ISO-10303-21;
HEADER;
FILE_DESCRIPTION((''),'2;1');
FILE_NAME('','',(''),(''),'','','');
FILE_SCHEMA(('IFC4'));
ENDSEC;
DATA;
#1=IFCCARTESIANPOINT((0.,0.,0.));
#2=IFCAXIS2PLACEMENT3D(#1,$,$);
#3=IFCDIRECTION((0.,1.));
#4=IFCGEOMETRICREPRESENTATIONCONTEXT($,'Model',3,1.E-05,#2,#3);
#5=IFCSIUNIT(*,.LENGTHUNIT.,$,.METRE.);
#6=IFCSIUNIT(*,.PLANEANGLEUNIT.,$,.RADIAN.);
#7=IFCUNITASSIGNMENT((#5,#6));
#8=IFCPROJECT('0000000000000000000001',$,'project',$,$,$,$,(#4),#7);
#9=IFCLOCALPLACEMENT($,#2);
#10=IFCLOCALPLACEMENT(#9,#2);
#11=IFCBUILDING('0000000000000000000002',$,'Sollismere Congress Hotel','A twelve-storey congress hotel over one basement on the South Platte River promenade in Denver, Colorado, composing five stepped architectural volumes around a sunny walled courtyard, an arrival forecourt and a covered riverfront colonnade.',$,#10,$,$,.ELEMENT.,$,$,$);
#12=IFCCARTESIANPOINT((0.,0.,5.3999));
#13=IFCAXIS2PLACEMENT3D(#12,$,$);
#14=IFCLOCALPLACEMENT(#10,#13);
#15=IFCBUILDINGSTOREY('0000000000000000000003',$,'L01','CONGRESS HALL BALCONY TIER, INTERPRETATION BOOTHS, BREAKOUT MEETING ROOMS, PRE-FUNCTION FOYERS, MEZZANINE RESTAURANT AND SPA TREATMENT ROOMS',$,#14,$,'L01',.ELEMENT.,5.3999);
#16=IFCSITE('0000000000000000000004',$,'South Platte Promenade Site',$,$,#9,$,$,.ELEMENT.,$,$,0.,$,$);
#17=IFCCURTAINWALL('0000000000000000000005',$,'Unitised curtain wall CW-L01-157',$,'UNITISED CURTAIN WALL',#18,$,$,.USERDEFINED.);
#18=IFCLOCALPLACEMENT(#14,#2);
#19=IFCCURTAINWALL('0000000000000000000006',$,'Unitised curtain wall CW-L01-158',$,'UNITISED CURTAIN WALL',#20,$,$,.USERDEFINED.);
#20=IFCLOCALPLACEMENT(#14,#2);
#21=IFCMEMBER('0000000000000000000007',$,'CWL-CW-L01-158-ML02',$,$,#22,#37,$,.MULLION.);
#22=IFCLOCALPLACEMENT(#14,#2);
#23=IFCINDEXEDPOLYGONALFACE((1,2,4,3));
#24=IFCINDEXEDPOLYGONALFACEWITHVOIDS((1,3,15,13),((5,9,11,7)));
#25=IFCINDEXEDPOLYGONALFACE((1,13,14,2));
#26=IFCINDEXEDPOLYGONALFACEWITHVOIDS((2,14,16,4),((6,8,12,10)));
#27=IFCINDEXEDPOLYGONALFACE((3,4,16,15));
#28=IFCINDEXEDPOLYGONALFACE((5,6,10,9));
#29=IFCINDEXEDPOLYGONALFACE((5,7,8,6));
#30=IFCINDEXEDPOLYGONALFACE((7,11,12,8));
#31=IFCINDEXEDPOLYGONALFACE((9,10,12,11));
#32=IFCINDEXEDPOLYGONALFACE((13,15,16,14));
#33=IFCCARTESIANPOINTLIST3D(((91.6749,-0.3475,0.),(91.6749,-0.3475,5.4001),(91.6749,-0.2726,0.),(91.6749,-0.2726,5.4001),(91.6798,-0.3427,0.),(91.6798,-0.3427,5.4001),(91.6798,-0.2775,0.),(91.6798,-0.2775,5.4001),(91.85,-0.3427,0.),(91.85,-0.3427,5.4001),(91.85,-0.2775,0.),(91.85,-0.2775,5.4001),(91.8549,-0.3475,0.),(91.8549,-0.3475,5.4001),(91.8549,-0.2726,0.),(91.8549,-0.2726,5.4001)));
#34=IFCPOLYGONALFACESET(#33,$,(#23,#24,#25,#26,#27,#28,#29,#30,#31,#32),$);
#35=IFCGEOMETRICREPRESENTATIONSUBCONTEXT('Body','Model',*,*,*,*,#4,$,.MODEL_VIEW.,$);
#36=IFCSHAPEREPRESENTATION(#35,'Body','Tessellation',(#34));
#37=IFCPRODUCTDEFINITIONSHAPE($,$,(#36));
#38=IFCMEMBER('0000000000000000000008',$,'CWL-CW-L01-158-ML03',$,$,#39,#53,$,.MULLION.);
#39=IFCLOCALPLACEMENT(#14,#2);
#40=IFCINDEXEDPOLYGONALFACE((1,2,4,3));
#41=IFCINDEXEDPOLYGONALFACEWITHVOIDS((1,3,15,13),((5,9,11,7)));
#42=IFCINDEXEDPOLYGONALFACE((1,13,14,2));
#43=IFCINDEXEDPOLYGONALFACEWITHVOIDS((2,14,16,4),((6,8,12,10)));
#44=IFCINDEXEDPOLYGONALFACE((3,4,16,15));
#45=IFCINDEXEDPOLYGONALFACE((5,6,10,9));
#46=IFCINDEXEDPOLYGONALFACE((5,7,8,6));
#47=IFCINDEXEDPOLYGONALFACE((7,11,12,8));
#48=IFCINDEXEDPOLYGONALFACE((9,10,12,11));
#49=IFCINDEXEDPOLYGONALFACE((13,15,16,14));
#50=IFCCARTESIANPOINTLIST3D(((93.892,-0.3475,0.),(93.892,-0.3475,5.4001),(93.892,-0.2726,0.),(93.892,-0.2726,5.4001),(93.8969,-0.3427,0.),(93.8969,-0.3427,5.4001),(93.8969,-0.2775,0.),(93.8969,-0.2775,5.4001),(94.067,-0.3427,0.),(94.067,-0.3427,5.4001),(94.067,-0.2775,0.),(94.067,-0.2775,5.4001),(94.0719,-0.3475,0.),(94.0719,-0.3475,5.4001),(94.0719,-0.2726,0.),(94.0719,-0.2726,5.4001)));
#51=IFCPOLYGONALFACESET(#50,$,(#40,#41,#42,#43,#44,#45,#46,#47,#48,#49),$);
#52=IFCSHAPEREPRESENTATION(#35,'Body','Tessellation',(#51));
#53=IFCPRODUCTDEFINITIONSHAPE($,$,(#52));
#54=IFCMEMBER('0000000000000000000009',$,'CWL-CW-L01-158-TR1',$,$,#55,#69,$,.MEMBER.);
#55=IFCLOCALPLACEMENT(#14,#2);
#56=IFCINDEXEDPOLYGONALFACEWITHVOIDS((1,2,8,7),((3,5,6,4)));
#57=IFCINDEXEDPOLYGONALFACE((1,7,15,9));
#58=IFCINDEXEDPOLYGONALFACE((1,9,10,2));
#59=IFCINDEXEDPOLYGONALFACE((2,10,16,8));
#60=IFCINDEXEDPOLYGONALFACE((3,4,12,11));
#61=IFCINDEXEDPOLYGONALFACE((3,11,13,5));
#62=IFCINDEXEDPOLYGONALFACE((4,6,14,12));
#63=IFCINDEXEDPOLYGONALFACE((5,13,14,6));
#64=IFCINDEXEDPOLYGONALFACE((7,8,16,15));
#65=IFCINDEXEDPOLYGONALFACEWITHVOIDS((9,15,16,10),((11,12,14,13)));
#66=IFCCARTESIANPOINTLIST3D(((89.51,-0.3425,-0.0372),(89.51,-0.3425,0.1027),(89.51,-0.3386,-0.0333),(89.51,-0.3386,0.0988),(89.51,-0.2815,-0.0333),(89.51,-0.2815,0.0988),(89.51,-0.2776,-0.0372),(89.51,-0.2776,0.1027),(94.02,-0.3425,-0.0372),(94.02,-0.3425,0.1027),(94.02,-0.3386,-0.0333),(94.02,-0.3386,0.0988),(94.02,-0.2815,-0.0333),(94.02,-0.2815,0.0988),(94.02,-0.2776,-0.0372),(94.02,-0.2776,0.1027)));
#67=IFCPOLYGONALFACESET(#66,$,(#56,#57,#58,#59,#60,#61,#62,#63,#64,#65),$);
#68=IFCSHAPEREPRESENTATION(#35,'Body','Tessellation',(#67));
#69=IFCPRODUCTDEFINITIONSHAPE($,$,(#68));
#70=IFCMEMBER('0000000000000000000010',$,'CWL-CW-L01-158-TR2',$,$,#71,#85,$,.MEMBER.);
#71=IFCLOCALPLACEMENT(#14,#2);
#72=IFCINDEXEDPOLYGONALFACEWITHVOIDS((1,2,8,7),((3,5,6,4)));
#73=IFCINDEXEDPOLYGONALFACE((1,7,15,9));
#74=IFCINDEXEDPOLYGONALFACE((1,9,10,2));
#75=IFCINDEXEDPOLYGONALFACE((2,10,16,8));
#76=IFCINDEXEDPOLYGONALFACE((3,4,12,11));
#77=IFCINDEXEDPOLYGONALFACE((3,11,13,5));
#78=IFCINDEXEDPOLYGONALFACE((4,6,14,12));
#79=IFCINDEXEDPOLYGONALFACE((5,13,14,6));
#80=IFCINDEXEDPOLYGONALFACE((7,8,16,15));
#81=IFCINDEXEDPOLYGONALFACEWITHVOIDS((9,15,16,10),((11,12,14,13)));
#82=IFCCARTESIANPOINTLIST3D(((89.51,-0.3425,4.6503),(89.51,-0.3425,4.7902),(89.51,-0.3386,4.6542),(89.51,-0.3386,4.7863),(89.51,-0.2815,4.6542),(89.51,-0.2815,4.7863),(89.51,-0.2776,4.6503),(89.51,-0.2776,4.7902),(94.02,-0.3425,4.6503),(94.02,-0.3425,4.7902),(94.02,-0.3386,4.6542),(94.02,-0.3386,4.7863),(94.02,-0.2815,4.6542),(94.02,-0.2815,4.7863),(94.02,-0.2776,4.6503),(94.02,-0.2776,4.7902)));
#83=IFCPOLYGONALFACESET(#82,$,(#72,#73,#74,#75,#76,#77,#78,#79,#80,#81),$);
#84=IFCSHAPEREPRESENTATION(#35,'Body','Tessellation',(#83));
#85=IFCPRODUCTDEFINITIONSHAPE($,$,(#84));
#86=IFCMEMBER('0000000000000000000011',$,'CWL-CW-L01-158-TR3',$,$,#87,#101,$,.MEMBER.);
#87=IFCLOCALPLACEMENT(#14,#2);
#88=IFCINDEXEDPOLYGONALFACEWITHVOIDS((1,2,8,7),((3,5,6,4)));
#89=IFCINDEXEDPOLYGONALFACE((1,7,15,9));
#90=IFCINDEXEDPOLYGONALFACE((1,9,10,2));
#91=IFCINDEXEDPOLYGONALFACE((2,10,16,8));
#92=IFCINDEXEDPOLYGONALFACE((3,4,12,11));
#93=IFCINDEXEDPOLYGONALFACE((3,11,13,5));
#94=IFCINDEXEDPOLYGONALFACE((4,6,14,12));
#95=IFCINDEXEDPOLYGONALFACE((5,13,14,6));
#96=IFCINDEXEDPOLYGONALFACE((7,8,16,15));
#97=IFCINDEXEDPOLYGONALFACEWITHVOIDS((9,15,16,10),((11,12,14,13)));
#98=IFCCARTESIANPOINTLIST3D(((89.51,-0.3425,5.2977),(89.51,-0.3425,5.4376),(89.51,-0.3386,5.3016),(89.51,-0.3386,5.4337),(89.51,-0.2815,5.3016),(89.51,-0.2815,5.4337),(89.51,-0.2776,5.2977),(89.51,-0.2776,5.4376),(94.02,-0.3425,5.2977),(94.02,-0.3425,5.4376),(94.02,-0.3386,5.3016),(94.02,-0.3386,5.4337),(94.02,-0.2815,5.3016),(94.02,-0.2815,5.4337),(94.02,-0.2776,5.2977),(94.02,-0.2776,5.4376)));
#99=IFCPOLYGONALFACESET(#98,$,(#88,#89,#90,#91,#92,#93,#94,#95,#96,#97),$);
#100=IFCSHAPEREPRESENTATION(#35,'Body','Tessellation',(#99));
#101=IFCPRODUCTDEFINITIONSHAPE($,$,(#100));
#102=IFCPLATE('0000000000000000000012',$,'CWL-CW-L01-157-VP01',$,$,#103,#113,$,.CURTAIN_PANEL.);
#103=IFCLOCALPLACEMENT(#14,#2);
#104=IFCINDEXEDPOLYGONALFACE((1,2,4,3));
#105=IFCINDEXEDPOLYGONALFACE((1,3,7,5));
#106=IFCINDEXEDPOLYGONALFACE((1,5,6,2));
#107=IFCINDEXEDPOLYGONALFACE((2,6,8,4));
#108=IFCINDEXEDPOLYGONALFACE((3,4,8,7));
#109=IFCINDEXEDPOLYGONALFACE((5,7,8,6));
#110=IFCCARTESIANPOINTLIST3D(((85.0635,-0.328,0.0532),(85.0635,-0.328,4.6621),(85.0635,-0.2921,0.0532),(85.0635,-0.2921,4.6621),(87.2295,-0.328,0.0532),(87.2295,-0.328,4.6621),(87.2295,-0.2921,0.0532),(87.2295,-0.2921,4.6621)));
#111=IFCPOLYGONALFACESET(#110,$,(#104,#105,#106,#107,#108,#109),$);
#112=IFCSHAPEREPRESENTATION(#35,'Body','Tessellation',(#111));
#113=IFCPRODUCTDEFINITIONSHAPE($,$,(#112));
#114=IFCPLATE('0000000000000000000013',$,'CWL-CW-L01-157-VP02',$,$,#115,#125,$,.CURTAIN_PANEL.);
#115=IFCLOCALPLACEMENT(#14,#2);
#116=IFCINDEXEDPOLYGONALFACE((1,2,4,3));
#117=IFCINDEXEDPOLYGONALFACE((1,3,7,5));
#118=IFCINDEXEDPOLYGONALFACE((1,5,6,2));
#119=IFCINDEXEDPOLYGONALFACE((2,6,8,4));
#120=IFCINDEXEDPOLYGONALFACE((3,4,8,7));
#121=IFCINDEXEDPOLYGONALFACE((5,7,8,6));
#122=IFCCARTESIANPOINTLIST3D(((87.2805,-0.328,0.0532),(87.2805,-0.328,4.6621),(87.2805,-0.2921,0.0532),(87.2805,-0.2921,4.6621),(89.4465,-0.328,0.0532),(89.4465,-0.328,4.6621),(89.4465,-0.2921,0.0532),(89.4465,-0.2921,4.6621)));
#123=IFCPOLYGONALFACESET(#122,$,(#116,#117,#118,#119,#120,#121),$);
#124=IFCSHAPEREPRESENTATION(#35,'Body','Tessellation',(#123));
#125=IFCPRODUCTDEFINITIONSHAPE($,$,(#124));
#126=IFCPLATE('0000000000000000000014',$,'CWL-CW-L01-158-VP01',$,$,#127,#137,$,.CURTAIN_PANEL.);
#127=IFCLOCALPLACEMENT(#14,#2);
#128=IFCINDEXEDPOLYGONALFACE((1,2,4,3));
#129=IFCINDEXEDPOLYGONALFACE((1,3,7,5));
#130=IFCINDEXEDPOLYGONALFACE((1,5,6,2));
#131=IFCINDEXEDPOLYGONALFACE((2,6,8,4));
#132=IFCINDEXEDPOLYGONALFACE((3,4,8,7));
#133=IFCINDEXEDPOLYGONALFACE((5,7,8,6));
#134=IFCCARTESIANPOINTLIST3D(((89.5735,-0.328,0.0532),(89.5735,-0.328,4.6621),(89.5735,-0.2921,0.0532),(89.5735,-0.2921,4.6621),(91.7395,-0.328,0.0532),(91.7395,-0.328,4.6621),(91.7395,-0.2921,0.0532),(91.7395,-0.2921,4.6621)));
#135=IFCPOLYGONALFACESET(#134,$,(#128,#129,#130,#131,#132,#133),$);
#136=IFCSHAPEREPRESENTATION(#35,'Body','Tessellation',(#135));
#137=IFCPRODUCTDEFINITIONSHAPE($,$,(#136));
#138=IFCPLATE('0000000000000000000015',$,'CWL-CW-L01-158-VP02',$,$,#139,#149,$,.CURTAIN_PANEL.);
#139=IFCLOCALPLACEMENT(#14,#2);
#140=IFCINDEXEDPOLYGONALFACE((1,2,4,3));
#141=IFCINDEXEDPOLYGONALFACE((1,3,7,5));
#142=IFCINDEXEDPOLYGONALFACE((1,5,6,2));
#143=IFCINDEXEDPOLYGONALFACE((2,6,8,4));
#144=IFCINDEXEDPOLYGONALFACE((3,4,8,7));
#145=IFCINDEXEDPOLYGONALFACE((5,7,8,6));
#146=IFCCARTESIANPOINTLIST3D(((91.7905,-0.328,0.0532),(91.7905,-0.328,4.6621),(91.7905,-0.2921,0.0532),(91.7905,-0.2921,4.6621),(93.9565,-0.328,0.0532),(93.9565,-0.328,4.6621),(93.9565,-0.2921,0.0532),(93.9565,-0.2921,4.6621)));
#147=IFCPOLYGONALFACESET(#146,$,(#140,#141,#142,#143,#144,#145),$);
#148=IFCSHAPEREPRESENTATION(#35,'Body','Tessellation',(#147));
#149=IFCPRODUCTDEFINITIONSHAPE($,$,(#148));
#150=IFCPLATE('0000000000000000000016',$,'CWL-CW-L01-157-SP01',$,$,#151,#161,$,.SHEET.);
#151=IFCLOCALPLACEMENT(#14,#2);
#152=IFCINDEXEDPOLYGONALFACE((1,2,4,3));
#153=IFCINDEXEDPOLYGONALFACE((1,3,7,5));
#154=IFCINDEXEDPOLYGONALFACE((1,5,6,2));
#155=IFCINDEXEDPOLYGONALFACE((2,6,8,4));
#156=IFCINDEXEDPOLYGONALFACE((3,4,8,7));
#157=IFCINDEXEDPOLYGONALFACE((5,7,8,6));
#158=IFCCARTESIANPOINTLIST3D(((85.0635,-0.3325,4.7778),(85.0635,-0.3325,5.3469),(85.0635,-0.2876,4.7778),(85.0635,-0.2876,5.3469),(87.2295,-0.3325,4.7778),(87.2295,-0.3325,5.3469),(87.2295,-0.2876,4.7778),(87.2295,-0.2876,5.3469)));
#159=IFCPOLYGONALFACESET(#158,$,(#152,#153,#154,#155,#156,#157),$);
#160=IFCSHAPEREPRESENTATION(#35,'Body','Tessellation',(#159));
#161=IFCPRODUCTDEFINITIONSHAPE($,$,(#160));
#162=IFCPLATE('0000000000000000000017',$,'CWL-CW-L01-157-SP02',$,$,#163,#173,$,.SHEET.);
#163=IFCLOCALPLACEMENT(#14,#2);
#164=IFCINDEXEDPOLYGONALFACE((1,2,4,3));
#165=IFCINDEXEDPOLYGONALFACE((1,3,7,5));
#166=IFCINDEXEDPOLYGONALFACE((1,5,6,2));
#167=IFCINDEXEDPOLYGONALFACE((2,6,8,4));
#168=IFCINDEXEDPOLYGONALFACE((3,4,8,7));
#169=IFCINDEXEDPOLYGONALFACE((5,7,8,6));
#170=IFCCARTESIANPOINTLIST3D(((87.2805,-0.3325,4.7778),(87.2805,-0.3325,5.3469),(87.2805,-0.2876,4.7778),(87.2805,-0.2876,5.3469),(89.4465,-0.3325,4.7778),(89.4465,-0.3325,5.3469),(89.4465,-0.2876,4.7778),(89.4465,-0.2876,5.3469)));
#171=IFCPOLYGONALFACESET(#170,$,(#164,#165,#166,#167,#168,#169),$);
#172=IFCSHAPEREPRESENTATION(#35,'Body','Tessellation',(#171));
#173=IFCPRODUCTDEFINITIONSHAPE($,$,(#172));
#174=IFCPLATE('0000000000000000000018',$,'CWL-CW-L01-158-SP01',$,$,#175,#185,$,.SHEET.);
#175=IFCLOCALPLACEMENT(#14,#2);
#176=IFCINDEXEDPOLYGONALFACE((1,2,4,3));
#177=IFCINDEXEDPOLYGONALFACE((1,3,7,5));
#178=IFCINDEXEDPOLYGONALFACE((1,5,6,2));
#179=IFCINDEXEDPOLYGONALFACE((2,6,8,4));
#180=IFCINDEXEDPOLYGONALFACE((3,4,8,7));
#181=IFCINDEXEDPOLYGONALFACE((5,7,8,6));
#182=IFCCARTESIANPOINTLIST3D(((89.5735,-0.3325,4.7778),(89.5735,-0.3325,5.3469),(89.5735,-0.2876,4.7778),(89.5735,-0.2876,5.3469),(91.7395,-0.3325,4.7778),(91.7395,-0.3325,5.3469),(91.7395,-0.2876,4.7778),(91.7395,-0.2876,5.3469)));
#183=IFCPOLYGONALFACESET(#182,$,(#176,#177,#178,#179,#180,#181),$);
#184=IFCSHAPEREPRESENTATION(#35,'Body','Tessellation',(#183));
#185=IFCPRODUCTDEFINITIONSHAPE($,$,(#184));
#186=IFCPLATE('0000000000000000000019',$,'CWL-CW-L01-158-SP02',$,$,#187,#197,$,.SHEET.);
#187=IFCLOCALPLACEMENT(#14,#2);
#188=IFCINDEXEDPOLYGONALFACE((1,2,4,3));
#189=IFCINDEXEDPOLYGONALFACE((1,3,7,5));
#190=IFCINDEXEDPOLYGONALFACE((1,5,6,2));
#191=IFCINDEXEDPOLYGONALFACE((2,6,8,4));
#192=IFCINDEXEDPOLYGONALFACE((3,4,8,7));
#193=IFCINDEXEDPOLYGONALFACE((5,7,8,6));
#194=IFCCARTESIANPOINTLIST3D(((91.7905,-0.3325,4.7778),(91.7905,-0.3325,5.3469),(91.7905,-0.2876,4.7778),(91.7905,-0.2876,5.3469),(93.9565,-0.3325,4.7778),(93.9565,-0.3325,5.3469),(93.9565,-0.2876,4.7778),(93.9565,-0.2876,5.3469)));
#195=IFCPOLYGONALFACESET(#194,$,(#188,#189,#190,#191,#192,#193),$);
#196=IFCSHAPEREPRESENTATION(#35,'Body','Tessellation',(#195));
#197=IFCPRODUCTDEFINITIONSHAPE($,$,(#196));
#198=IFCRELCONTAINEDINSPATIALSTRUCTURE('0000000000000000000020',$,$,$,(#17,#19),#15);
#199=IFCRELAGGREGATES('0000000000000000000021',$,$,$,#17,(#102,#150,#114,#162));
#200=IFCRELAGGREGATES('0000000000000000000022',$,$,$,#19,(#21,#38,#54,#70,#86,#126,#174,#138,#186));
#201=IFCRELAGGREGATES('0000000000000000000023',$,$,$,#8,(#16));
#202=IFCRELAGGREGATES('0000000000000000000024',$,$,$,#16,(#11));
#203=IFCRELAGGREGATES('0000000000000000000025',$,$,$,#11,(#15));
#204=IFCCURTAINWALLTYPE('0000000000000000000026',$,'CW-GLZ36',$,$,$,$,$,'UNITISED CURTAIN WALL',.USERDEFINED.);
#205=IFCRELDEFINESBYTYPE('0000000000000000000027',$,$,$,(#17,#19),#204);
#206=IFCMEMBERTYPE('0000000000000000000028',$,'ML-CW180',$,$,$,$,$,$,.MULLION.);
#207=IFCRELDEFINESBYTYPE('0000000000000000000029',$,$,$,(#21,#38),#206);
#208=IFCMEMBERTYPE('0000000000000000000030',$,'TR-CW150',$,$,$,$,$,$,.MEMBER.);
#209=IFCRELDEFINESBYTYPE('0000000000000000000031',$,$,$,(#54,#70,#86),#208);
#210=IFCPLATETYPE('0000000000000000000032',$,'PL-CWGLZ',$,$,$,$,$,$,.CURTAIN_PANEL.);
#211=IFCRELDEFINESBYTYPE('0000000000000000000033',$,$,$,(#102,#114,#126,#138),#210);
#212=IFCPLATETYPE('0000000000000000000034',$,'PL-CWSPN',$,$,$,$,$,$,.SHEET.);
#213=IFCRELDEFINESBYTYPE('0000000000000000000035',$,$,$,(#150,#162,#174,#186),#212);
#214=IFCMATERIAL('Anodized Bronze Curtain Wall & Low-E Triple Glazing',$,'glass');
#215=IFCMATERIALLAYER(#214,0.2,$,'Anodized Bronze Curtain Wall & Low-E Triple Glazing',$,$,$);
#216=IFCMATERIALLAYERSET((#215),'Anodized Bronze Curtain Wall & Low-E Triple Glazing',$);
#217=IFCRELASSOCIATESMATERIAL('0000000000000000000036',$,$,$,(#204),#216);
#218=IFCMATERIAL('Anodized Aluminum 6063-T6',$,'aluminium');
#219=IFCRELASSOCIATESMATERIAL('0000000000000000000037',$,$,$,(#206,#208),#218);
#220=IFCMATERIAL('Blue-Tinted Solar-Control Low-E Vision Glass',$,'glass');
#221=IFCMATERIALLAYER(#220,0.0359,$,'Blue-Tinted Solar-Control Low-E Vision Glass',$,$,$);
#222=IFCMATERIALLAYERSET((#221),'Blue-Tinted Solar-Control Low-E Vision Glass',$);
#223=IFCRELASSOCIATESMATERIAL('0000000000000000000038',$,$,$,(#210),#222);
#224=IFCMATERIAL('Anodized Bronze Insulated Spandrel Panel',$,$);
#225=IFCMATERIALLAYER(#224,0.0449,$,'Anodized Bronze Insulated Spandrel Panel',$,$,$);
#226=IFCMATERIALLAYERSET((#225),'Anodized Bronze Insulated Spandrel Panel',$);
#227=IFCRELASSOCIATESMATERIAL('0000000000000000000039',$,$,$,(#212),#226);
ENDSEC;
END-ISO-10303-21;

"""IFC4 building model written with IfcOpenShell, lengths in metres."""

from ifc_helpers import new_model, si_unit, direction, frame, origin, origin_2d, place, context, subcontext, project, spatial, rectangle, hollow_rectangle, extrude, material, layer, layer_set, material_profile, profile_set, type_object, element, aggregate, save


model = new_model("IFC4")

# Units and contexts
model_context = context("Model", 3, precision=1e-05, world=origin(), true_north=direction((0.0, 1.0)))
body_context = subcontext(model_context, "Body", "Model", "MODEL_VIEW")
ifc_project = project(units=[si_unit("LENGTHUNIT", "METRE"), si_unit("PLANEANGLEUNIT", "RADIAN")], contexts=[model_context])

# Site, building, storey
site_placement = place(None, origin())
site = spatial("IfcSite", under=ifc_project, at=site_placement, Name="South Platte Promenade Site", CompositionType="ELEMENT", RefElevation=0.0)
building_placement = place(site_placement, origin())
building = spatial("IfcBuilding", under=site, at=building_placement, Name="Sollismere Congress Hotel", Description="A twelve-storey congress hotel over one basement on the South Platte River promenade in Denver, Colorado, composing five stepped architectural volumes around a sunny walled courtyard, an arrival forecourt and a covered riverfront colonnade.", CompositionType="ELEMENT")
storey_placement = place(building_placement, frame((0.0, 0.0, 5.3999)))
storey = spatial("IfcBuildingStorey", under=building, at=storey_placement, Name="L01", Description="CONGRESS HALL BALCONY TIER, INTERPRETATION BOOTHS, BREAKOUT MEETING ROOMS, PRE-FUNCTION FOYERS, MEZZANINE RESTAURANT AND SPA TREATMENT ROOMS", LongName="L01", CompositionType="ELEMENT", Elevation=5.3999)

# Curtain walls, members
ifc_material_1 = material(Name="Anodized Bronze Curtain Wall & Low-E Triple Glazing", Category="glass")
ifc_layer_1 = layer(ifc_material_1, 0.2, Name="Anodized Bronze Curtain Wall & Low-E Triple Glazing")
ifc_layer_set_1 = layer_set([ifc_layer_1], Name="Anodized Bronze Curtain Wall & Low-E Triple Glazing")
curtain_wall_type = type_object("IfcCurtainWallType", Name="CW-GLZ36", ElementType="UNITISED CURTAIN WALL", PredefinedType="USERDEFINED", material=ifc_layer_set_1)
curtain_wall_1_placement = place(storey_placement, origin())
curtain_wall_1 = element("IfcCurtainWall", 1, at=curtain_wall_1_placement, inside=storey, type_object=curtain_wall_type, Name="Unitised curtain wall CW-L01-157", ObjectType="UNITISED CURTAIN WALL", PredefinedType="USERDEFINED")
ifc_material_2 = material(Name="Anodized Aluminum 6063-T6", Category="aluminium")
ifc_material_profile_1 = material_profile(ifc_material_2, hollow_rectangle(XDim=0.075, YDim=0.1799, WallThickness=0.0049, at=origin_2d()), Name="ALU180X75X5")
ifc_profile_set_1 = profile_set([ifc_material_profile_1], Name="Anodized Aluminum 6063-T6")
member_type_1 = type_object("IfcMemberType", Name="ML-CW180", PredefinedType="MULLION", material=ifc_profile_set_1)
curtain_wall_2_placement = place(storey_placement, origin())
curtain_wall_2 = element("IfcCurtainWall", 2, at=curtain_wall_2_placement, inside=storey, type_object=curtain_wall_type, Name="Unitised curtain wall CW-L01-158", ObjectType="UNITISED CURTAIN WALL", PredefinedType="USERDEFINED")
member_1_placement = place(storey_placement, frame((91.7649, -0.3101, 0.0), z_axis=(0.0, 0.0, 1.0), x_axis=(0.0, 1.0, 0.0)))
member_1 = element("IfcMember", 3, at=member_1_placement, type_object=member_type_1, Name="CWL-CW-L01-158-ML02", PredefinedType="MULLION", context=body_context, shape_type="SweptSolid", body=[
    extrude(hollow_rectangle(XDim=0.075, YDim=0.1799, WallThickness=0.0049, at=origin_2d()), origin(), (0.0, 0.0, 1.0), 5.4001),
])
member_2_placement = place(storey_placement, frame((93.9819, -0.3101, 0.0), z_axis=(0.0, 0.0, 1.0), x_axis=(0.0, 1.0, 0.0)))
member_2 = element("IfcMember", 4, at=member_2_placement, type_object=member_type_1, Name="CWL-CW-L01-158-ML03", PredefinedType="MULLION", context=body_context, shape_type="SweptSolid", body=[
    extrude(hollow_rectangle(XDim=0.075, YDim=0.1799, WallThickness=0.0049, at=origin_2d()), origin(), (0.0, 0.0, 1.0), 5.4001),
])
ifc_material_profile_2 = material_profile(ifc_material_2, hollow_rectangle(XDim=0.0649, YDim=0.1399, WallThickness=0.0039, at=origin_2d()), Name="ALU140X65X4")
ifc_profile_set_2 = profile_set([ifc_material_profile_2], Name="Anodized Aluminum 6063-T6")
member_type_2 = type_object("IfcMemberType", Name="TR-CW150", PredefinedType="MEMBER", material=ifc_profile_set_2)
member_3_placement = place(storey_placement, frame((89.51, -0.3101, 0.0327), z_axis=(1.0, 0.0, 0.0), x_axis=(0.0, 1.0, 0.0)))
member_3 = element("IfcMember", 5, at=member_3_placement, type_object=member_type_2, Name="CWL-CW-L01-158-TR1", PredefinedType="MEMBER", context=body_context, shape_type="SweptSolid", body=[
    extrude(hollow_rectangle(XDim=0.0649, YDim=0.1399, WallThickness=0.0039, at=origin_2d()), origin(), (0.0, 0.0, 1.0), 4.51),
])
member_4_placement = place(storey_placement, frame((89.51, -0.3101, 4.7202), z_axis=(1.0, 0.0, 0.0), x_axis=(0.0, 1.0, 0.0)))
member_4 = element("IfcMember", 6, at=member_4_placement, type_object=member_type_2, Name="CWL-CW-L01-158-TR2", PredefinedType="MEMBER", context=body_context, shape_type="SweptSolid", body=[
    extrude(hollow_rectangle(XDim=0.0649, YDim=0.1399, WallThickness=0.0039, at=origin_2d()), origin(), (0.0, 0.0, 1.0), 4.51),
])
member_5_placement = place(storey_placement, frame((89.51, -0.3101, 5.3677), z_axis=(1.0, 0.0, 0.0), x_axis=(0.0, 1.0, 0.0)))
member_5 = element("IfcMember", 7, at=member_5_placement, type_object=member_type_2, Name="CWL-CW-L01-158-TR3", PredefinedType="MEMBER", context=body_context, shape_type="SweptSolid", body=[
    extrude(hollow_rectangle(XDim=0.0649, YDim=0.1399, WallThickness=0.0039, at=origin_2d()), origin(), (0.0, 0.0, 1.0), 4.51),
])

# Plates
ifc_material_3 = material(Name="Blue-Tinted Solar-Control Low-E Vision Glass", Category="glass")
ifc_layer_2 = layer(ifc_material_3, 0.0359, Name="Blue-Tinted Solar-Control Low-E Vision Glass")
ifc_layer_set_2 = layer_set([ifc_layer_2], Name="Blue-Tinted Solar-Control Low-E Vision Glass")
plate_type_1 = type_object("IfcPlateType", Name="PL-CWGLZ", PredefinedType="CURTAIN_PANEL", material=ifc_layer_set_2)
plate_1_placement = place(storey_placement, frame((86.1465, -0.3101, 0.0532), z_axis=(0.0, 0.0, 1.0), x_axis=(1.0, 0.0, 0.0)))
plate_1 = element("IfcPlate", 8, at=plate_1_placement, type_object=plate_type_1, Name="CWL-CW-L01-157-VP01", PredefinedType="CURTAIN_PANEL", context=body_context, shape_type="SweptSolid", body=[
    extrude(rectangle(XDim=2.166, YDim=0.0359, at=origin_2d()), origin(), (0.0, 0.0, 1.0), 4.6089),
])
plate_2_placement = place(storey_placement, frame((88.3635, -0.3101, 0.0532), z_axis=(0.0, 0.0, 1.0), x_axis=(1.0, 0.0, 0.0)))
plate_2 = element("IfcPlate", 9, at=plate_2_placement, type_object=plate_type_1, Name="CWL-CW-L01-157-VP02", PredefinedType="CURTAIN_PANEL", context=body_context, shape_type="SweptSolid", body=[
    extrude(rectangle(XDim=2.166, YDim=0.0359, at=origin_2d()), origin(), (0.0, 0.0, 1.0), 4.6089),
])
plate_3_placement = place(storey_placement, frame((90.6565, -0.3101, 0.0532), z_axis=(0.0, 0.0, 1.0), x_axis=(1.0, 0.0, 0.0)))
plate_3 = element("IfcPlate", 10, at=plate_3_placement, type_object=plate_type_1, Name="CWL-CW-L01-158-VP01", PredefinedType="CURTAIN_PANEL", context=body_context, shape_type="SweptSolid", body=[
    extrude(rectangle(XDim=2.166, YDim=0.0359, at=origin_2d()), origin(), (0.0, 0.0, 1.0), 4.6089),
])
plate_4_placement = place(storey_placement, frame((92.8735, -0.3101, 0.0532), z_axis=(0.0, 0.0, 1.0), x_axis=(1.0, 0.0, 0.0)))
plate_4 = element("IfcPlate", 11, at=plate_4_placement, type_object=plate_type_1, Name="CWL-CW-L01-158-VP02", PredefinedType="CURTAIN_PANEL", context=body_context, shape_type="SweptSolid", body=[
    extrude(rectangle(XDim=2.166, YDim=0.0359, at=origin_2d()), origin(), (0.0, 0.0, 1.0), 4.6089),
])
ifc_material_4 = material(Name="Anodized Bronze Insulated Spandrel Panel")
ifc_layer_3 = layer(ifc_material_4, 0.0449, Name="Anodized Bronze Insulated Spandrel Panel")
ifc_layer_set_3 = layer_set([ifc_layer_3], Name="Anodized Bronze Insulated Spandrel Panel")
plate_type_2 = type_object("IfcPlateType", Name="PL-CWSPN", PredefinedType="SHEET", material=ifc_layer_set_3)
plate_5_placement = place(storey_placement, frame((86.1465, -0.3101, 4.7778), z_axis=(0.0, 0.0, 1.0), x_axis=(1.0, 0.0, 0.0)))
plate_5 = element("IfcPlate", 12, at=plate_5_placement, type_object=plate_type_2, Name="CWL-CW-L01-157-SP01", PredefinedType="SHEET", context=body_context, shape_type="SweptSolid", body=[
    extrude(rectangle(XDim=2.166, YDim=0.0449, at=origin_2d()), origin(), (0.0, 0.0, 1.0), 0.5691),
])
plate_6_placement = place(storey_placement, frame((88.3635, -0.3101, 4.7778), z_axis=(0.0, 0.0, 1.0), x_axis=(1.0, 0.0, 0.0)))
plate_6 = element("IfcPlate", 13, at=plate_6_placement, type_object=plate_type_2, Name="CWL-CW-L01-157-SP02", PredefinedType="SHEET", context=body_context, shape_type="SweptSolid", body=[
    extrude(rectangle(XDim=2.166, YDim=0.0449, at=origin_2d()), origin(), (0.0, 0.0, 1.0), 0.5691),
])
aggregate(curtain_wall_1, [plate_1, plate_5, plate_2, plate_6])
plate_7_placement = place(storey_placement, frame((90.6565, -0.3101, 4.7778), z_axis=(0.0, 0.0, 1.0), x_axis=(1.0, 0.0, 0.0)))
plate_7 = element("IfcPlate", 14, at=plate_7_placement, type_object=plate_type_2, Name="CWL-CW-L01-158-SP01", PredefinedType="SHEET", context=body_context, shape_type="SweptSolid", body=[
    extrude(rectangle(XDim=2.166, YDim=0.0449, at=origin_2d()), origin(), (0.0, 0.0, 1.0), 0.5691),
])
plate_8_placement = place(storey_placement, frame((92.8735, -0.3101, 4.7778), z_axis=(0.0, 0.0, 1.0), x_axis=(1.0, 0.0, 0.0)))
plate_8 = element("IfcPlate", 15, at=plate_8_placement, type_object=plate_type_2, Name="CWL-CW-L01-158-SP02", PredefinedType="SHEET", context=body_context, shape_type="SweptSolid", body=[
    extrude(rectangle(XDim=2.166, YDim=0.0449, at=origin_2d()), origin(), (0.0, 0.0, 1.0), 0.5691),
])
aggregate(curtain_wall_2, [member_1, member_2, member_3, member_4, member_5, plate_3, plate_7, plate_4, plate_8])

save(model, "model.ifc")
